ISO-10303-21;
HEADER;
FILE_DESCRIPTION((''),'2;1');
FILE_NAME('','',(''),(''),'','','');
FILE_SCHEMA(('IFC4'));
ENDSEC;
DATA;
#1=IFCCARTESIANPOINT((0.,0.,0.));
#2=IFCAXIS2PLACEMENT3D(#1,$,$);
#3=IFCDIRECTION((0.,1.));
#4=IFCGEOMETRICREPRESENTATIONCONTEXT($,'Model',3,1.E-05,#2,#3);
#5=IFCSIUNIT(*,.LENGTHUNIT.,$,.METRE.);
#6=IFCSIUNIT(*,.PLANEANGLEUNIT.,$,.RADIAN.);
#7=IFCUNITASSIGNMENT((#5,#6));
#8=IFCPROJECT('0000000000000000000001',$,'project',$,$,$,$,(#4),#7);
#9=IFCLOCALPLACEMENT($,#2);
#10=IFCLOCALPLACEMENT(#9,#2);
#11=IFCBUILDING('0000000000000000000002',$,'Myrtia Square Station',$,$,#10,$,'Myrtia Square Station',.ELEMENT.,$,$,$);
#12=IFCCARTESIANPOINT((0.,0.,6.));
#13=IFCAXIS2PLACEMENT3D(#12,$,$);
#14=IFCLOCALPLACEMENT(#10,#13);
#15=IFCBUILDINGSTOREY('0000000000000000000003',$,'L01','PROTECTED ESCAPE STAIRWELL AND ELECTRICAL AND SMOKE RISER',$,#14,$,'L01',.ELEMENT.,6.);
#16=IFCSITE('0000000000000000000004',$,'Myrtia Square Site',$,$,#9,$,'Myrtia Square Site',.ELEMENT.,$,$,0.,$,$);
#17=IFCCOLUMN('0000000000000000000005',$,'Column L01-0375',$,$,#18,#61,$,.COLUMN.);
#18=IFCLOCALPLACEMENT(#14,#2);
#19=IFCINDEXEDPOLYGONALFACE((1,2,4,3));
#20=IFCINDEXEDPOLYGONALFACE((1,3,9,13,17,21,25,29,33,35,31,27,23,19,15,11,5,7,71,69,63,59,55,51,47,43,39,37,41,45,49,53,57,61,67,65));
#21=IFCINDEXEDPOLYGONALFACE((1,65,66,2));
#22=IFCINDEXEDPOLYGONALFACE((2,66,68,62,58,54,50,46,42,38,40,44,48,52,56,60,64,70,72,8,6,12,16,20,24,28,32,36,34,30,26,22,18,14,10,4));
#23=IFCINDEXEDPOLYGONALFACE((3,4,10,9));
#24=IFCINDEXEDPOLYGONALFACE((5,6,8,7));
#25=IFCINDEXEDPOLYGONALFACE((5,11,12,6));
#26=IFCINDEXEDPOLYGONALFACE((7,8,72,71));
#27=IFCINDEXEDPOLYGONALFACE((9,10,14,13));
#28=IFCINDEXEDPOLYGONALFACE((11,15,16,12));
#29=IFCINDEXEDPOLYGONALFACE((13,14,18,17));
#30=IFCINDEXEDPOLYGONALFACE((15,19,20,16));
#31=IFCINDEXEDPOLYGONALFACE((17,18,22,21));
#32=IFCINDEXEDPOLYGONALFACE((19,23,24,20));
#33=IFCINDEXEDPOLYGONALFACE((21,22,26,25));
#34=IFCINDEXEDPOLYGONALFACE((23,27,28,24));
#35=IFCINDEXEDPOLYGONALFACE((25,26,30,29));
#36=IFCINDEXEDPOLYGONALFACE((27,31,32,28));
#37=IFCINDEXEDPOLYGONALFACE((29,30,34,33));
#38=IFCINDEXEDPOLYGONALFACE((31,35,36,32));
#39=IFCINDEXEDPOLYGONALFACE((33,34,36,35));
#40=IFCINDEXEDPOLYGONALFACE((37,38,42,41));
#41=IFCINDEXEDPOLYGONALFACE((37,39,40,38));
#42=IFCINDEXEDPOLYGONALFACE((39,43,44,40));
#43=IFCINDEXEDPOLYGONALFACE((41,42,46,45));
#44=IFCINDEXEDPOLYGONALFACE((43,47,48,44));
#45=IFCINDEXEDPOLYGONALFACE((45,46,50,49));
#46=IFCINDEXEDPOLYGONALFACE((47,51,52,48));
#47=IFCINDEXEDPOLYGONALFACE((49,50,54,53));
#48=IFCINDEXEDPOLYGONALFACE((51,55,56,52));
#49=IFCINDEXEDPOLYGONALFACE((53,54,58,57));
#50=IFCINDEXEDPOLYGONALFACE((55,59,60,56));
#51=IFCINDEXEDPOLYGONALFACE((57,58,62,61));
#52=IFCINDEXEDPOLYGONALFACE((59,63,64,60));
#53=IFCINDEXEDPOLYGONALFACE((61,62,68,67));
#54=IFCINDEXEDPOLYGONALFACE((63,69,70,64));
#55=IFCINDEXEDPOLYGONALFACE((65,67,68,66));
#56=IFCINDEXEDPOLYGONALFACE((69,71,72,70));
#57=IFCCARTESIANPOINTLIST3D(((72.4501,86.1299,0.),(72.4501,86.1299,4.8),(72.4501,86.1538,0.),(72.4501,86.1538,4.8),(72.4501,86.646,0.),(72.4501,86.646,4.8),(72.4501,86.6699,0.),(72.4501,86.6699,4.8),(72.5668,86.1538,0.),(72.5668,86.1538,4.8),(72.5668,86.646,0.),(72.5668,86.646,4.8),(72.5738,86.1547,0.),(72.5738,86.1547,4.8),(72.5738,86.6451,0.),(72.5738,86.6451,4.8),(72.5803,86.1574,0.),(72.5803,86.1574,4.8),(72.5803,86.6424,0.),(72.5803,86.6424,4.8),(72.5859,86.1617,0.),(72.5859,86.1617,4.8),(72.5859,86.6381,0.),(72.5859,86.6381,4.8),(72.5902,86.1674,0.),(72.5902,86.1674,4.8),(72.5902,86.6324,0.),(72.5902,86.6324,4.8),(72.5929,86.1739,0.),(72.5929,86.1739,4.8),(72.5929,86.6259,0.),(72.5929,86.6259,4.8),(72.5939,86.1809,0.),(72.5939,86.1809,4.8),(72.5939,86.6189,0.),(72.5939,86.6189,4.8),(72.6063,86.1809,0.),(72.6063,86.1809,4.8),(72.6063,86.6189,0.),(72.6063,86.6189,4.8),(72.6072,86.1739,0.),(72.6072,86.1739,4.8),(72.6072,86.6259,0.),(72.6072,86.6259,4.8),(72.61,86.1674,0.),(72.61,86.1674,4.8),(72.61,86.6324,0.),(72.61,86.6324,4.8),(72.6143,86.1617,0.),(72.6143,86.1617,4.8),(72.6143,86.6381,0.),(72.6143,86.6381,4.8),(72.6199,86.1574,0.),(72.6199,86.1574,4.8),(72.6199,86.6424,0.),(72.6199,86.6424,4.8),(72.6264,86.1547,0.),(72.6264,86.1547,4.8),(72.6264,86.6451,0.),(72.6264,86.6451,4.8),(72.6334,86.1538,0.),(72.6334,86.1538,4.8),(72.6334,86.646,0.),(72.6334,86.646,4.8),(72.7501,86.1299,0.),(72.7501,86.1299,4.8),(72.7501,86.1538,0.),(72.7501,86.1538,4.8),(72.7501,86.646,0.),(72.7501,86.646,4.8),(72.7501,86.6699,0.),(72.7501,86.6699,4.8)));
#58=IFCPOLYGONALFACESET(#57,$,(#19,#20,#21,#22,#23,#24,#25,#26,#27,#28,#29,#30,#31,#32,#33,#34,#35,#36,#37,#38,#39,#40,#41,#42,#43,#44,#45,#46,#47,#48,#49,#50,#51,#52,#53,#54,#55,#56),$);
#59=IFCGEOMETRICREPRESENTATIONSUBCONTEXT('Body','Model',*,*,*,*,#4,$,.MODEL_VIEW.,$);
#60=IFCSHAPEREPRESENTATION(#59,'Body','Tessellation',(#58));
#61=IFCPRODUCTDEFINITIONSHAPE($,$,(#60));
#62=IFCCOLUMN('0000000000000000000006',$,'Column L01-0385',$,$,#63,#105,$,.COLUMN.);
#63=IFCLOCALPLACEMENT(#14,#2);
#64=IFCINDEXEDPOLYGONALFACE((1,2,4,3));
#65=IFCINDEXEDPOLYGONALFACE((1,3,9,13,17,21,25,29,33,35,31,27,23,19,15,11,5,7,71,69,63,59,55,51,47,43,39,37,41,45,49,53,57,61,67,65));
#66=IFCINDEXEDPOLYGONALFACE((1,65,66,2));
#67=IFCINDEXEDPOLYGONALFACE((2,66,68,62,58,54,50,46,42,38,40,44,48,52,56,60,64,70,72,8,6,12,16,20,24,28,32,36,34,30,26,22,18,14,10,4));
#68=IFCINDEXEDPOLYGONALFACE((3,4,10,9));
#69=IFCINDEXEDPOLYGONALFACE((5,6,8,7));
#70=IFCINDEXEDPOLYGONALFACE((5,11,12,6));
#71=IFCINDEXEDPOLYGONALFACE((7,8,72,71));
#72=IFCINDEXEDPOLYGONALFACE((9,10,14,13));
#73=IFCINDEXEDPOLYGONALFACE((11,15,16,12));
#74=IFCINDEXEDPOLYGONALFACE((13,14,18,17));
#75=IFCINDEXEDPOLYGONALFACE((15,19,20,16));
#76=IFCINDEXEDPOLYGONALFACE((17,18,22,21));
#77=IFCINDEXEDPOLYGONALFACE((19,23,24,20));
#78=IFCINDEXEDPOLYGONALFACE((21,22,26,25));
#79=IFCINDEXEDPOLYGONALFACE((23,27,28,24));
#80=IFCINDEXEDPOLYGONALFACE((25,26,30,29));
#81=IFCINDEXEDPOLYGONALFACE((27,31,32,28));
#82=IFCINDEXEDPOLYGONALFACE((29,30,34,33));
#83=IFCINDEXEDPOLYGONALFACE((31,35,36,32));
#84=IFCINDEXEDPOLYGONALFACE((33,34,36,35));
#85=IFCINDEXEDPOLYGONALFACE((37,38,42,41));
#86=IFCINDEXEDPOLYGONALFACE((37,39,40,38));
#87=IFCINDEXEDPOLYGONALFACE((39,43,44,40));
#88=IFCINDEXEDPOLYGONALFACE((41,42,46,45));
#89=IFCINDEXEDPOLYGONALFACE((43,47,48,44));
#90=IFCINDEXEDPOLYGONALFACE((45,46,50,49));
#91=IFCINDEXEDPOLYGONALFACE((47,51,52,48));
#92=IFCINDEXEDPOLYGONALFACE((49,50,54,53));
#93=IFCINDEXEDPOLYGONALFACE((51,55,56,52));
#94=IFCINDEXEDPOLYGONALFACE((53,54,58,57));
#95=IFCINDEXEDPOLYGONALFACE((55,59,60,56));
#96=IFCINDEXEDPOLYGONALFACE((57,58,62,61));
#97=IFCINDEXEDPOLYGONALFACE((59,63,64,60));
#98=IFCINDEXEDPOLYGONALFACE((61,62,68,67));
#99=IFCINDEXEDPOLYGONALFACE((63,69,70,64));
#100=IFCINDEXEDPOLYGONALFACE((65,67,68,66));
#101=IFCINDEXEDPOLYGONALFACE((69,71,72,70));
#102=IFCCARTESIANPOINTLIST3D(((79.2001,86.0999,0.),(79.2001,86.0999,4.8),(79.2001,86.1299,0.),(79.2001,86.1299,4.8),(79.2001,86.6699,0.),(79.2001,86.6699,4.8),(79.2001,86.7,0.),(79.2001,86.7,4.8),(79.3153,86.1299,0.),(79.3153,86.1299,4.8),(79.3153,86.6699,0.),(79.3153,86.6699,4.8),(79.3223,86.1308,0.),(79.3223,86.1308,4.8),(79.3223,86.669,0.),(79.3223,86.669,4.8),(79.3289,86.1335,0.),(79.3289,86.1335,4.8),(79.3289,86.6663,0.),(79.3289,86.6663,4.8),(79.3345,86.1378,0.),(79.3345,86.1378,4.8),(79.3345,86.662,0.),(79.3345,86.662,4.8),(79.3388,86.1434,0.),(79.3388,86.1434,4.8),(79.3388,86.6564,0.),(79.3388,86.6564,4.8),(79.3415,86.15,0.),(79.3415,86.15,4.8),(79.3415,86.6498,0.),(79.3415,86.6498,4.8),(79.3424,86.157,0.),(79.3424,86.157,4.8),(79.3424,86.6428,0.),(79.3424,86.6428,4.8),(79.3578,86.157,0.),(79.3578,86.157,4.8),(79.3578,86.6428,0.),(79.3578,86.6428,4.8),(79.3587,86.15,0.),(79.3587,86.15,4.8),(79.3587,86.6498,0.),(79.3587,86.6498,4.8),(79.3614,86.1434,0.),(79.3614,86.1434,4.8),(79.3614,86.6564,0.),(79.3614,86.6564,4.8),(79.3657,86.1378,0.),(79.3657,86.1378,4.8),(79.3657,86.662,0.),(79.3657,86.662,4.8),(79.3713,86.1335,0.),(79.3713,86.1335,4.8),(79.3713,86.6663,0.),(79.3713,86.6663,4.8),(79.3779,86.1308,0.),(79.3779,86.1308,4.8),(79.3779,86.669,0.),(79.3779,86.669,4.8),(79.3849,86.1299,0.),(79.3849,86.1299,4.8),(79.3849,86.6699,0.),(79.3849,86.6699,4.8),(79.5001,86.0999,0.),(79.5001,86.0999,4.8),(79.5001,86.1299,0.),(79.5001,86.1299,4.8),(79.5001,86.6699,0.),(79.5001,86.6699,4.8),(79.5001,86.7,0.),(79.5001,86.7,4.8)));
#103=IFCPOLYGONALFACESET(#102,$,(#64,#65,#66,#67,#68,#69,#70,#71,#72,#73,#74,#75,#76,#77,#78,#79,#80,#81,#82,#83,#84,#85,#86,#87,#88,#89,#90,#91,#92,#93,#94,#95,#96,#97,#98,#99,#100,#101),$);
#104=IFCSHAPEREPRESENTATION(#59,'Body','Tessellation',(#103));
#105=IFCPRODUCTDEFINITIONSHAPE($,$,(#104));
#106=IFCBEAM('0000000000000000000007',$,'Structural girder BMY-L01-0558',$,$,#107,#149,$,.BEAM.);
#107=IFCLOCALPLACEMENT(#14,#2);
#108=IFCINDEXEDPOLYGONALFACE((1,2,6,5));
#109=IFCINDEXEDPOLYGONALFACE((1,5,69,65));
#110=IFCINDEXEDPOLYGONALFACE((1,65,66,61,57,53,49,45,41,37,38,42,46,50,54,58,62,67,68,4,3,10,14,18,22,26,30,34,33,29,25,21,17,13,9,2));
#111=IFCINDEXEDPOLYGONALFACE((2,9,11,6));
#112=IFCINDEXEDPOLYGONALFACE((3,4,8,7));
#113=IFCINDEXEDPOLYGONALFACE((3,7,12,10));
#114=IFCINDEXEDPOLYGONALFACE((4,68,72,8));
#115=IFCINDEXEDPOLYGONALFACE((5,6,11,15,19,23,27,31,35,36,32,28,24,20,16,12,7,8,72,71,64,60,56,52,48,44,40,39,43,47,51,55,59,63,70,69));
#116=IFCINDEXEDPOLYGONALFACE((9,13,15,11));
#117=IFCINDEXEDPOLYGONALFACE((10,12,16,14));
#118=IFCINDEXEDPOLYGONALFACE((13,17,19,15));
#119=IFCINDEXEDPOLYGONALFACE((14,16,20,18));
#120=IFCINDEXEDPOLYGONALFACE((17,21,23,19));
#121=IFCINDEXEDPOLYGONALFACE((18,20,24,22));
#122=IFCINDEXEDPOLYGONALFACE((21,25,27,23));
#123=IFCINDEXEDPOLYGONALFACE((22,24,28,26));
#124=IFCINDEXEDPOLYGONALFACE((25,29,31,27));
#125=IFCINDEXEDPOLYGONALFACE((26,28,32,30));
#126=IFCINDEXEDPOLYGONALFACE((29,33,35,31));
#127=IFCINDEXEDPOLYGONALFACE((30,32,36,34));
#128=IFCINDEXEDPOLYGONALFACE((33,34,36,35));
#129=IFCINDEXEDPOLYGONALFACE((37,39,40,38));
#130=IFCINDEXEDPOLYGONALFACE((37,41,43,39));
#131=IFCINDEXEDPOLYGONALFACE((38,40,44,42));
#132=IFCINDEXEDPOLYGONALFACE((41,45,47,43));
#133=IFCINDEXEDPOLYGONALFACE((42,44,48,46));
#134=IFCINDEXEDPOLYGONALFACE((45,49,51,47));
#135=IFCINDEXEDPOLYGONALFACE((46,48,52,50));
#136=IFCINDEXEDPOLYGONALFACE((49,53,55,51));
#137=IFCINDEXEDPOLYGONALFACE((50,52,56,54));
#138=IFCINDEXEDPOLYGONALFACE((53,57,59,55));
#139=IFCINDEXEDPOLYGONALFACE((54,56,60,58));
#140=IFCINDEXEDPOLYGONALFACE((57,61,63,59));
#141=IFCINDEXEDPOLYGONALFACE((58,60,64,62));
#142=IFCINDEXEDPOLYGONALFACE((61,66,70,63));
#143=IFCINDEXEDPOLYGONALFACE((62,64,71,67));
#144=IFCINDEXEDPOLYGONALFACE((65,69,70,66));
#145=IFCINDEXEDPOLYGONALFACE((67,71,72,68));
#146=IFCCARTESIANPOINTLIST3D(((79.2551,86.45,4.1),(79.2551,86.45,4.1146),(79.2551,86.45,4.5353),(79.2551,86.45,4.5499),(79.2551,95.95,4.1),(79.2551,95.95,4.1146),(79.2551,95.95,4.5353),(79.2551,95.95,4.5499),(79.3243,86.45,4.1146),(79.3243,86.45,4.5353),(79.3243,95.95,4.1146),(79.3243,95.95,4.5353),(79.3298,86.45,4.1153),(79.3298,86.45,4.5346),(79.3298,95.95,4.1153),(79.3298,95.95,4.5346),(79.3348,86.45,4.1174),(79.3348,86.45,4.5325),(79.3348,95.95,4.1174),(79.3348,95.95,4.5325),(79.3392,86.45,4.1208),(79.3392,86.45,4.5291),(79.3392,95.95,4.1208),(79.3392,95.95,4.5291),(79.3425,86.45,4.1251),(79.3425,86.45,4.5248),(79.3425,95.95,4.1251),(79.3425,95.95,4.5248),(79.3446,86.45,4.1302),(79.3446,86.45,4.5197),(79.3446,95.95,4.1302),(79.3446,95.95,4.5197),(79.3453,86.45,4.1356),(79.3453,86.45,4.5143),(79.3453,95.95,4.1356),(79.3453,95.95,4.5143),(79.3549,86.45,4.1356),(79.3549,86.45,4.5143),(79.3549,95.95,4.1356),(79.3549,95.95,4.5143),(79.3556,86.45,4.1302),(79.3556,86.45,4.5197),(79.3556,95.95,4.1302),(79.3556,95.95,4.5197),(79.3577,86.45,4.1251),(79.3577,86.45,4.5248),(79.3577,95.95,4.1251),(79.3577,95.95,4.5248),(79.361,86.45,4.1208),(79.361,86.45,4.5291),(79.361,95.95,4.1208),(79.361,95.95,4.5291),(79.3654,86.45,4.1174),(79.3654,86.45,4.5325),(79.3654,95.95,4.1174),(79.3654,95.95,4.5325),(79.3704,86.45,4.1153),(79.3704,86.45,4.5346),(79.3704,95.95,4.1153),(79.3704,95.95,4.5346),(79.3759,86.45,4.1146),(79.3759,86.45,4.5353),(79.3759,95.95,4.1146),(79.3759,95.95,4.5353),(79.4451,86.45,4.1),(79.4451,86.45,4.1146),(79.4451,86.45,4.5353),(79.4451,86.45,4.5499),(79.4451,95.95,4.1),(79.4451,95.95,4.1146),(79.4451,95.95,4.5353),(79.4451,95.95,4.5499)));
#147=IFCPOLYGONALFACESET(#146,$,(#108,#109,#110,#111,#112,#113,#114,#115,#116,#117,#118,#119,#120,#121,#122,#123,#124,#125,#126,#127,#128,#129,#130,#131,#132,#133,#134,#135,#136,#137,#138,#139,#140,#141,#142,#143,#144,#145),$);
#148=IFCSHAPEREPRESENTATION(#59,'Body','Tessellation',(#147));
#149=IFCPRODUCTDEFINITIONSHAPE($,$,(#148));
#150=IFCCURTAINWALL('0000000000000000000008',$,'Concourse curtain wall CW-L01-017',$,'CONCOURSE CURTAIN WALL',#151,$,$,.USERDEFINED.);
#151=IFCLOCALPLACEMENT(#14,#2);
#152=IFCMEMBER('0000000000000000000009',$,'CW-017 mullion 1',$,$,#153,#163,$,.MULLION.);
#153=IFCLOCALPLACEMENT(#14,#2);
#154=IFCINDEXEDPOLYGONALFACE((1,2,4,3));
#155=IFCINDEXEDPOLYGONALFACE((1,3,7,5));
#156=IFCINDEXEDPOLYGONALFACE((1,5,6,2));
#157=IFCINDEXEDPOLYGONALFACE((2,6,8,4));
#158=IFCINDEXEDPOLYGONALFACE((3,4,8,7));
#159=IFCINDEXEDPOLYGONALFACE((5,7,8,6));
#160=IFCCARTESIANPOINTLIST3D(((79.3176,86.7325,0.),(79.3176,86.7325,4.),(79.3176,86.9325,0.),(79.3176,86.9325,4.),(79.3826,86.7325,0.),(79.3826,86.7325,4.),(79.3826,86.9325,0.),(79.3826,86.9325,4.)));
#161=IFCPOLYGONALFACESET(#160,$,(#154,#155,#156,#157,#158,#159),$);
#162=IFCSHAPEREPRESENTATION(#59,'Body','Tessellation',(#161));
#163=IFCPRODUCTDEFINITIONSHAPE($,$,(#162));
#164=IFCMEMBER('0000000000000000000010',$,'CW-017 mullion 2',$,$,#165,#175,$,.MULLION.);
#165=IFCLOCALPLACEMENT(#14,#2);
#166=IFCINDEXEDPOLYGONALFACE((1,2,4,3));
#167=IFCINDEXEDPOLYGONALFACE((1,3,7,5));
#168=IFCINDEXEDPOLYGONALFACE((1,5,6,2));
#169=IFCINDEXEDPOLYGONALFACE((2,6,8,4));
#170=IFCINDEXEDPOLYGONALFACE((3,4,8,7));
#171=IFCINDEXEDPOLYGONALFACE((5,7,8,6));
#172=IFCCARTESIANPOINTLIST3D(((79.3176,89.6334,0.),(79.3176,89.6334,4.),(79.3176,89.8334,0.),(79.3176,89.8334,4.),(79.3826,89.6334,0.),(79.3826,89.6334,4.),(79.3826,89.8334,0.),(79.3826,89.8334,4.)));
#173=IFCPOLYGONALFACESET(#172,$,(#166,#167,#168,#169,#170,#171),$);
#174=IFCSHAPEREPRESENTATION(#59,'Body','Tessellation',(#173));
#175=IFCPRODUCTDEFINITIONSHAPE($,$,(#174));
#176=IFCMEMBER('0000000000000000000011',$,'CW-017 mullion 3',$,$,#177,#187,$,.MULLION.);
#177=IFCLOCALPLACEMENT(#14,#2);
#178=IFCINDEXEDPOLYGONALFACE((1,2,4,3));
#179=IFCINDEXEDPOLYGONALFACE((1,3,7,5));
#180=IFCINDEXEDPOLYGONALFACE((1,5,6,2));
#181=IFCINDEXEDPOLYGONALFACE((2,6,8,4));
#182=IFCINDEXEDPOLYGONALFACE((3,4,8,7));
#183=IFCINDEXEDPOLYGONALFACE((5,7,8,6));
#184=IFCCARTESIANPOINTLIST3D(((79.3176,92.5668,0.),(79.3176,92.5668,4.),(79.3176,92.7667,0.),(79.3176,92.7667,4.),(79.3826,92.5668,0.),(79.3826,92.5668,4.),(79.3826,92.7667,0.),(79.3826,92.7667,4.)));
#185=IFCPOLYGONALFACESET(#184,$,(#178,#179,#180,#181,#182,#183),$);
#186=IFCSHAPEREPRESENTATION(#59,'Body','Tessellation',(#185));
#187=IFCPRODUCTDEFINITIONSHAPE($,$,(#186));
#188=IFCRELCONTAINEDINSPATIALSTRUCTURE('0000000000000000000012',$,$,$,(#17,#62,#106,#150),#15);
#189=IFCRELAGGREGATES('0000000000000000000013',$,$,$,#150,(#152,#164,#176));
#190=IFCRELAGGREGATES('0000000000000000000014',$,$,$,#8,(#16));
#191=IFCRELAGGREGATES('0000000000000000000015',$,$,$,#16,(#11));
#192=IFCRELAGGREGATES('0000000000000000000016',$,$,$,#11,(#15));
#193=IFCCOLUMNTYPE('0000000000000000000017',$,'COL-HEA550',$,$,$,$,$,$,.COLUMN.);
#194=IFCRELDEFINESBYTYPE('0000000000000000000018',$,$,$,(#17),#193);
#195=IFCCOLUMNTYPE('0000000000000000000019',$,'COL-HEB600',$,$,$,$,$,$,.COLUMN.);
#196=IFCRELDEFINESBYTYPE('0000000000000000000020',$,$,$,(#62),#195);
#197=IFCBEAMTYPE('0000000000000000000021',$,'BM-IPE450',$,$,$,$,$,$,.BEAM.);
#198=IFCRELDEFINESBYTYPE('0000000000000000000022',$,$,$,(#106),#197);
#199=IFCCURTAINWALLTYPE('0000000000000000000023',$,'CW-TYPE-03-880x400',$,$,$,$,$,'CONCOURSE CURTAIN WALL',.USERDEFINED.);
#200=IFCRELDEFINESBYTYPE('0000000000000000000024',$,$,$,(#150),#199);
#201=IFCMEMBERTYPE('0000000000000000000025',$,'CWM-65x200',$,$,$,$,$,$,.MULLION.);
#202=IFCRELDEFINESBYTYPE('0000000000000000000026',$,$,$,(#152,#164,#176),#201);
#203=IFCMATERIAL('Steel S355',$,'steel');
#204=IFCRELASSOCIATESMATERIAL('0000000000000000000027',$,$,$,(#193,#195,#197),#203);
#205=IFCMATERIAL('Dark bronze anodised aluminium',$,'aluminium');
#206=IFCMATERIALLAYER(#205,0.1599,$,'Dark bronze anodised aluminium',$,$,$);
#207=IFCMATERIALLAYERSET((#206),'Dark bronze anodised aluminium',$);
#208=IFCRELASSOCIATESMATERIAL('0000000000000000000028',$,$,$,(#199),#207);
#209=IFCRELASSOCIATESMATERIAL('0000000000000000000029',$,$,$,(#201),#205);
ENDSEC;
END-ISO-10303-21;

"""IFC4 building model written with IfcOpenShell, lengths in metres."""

from ifc_helpers import new_model, si_unit, direction, frame, origin, origin_2d, place, context, subcontext, project, spatial, rectangle, i_section, extrude, material, layer, layer_set, material_profile, profile_set, type_object, element, aggregate, save


model = new_model("IFC4")

# Units and contexts
model_context = context("Model", 3, precision=1e-05, world=origin(), true_north=direction((0.0, 1.0)))
body_context = subcontext(model_context, "Body", "Model", "MODEL_VIEW")
ifc_project = project(units=[si_unit("LENGTHUNIT", "METRE"), si_unit("PLANEANGLEUNIT", "RADIAN")], contexts=[model_context])

# Site, building, storey
site_placement = place(None, origin())
site = spatial("IfcSite", under=ifc_project, at=site_placement, Name="Myrtia Square Site", LongName="Myrtia Square Site", CompositionType="ELEMENT", RefElevation=0.0)
building_placement = place(site_placement, origin())
building = spatial("IfcBuilding", under=site, at=building_placement, Name="Myrtia Square Station", LongName="Myrtia Square Station", CompositionType="ELEMENT")
storey_placement = place(building_placement, frame((0.0, 0.0, 6.0)))
storey = spatial("IfcBuildingStorey", under=building, at=storey_placement, Name="L01", Description="PROTECTED ESCAPE STAIRWELL AND ELECTRICAL AND SMOKE RISER", LongName="L01", CompositionType="ELEMENT", Elevation=6.0)

# Columns
ifc_material_1 = material(Name="Steel S355", Category="steel")
ifc_material_profile_1 = material_profile(ifc_material_1, i_section(OverallWidth=0.3, OverallDepth=0.54, WebThickness=0.0125, FlangeThickness=0.0239, FilletRadius=0.0271, at=origin_2d()), Name="HEA 550")
ifc_profile_set_1 = profile_set([ifc_material_profile_1], Name="Steel S355")
column_type_1 = type_object("IfcColumnType", Name="COL-HEA550", PredefinedType="COLUMN", material=ifc_profile_set_1)
column_1_placement = place(storey_placement, frame((72.6001, 86.3999, 0.0), z_axis=(0.0, 0.0, 1.0), x_axis=(1.0, 0.0, 0.0)))
element("IfcColumn", 1, at=column_1_placement, inside=storey, type_object=column_type_1, Name="Column L01-0375", PredefinedType="COLUMN", context=body_context, shape_type="SweptSolid", body=[
    extrude(i_section(OverallWidth=0.3, OverallDepth=0.54, WebThickness=0.0125, FlangeThickness=0.0239, FilletRadius=0.0271, at=origin_2d()), origin(), (0.0, 0.0, 1.0), 4.8),
])
ifc_material_profile_2 = material_profile(ifc_material_1, i_section(OverallWidth=0.3, OverallDepth=0.6001, WebThickness=0.0154, FlangeThickness=0.03, FilletRadius=0.0271, at=origin_2d()), Name="HEB 600")
ifc_profile_set_2 = profile_set([ifc_material_profile_2], Name="Steel S355")
column_type_2 = type_object("IfcColumnType", Name="COL-HEB600", PredefinedType="COLUMN", material=ifc_profile_set_2)
column_2_placement = place(storey_placement, frame((79.3501, 86.3999, 0.0), z_axis=(0.0, 0.0, 1.0), x_axis=(1.0, 0.0, 0.0)))
element("IfcColumn", 2, at=column_2_placement, inside=storey, type_object=column_type_2, Name="Column L01-0385", PredefinedType="COLUMN", context=body_context, shape_type="SweptSolid", body=[
    extrude(i_section(OverallWidth=0.3, OverallDepth=0.6001, WebThickness=0.0154, FlangeThickness=0.03, FilletRadius=0.0271, at=origin_2d()), origin(), (0.0, 0.0, 1.0), 4.8),
])

# Beam
ifc_material_profile_3 = material_profile(ifc_material_1, i_section(OverallWidth=0.1899, OverallDepth=0.45, WebThickness=0.0095, FlangeThickness=0.0146, FilletRadius=0.021, at=origin_2d()), Name="IPE 450")
ifc_profile_set_3 = profile_set([ifc_material_profile_3], Name="Steel S355")
beam_type = type_object("IfcBeamType", Name="BM-IPE450", PredefinedType="BEAM", material=ifc_profile_set_3)
beam_placement = place(storey_placement, frame((79.3501, 86.45, 4.325), z_axis=(0.0, 1.0, 0.0), x_axis=(-1.0, 0.0, 0.0)))
element("IfcBeam", 3, at=beam_placement, inside=storey, type_object=beam_type, Name="Structural girder BMY-L01-0558", PredefinedType="BEAM", context=body_context, shape_type="SweptSolid", body=[
    extrude(i_section(OverallWidth=0.1899, OverallDepth=0.45, WebThickness=0.0095, FlangeThickness=0.0146, FilletRadius=0.021, at=origin_2d()), origin(), (0.0, 0.0, 1.0), 9.5),
])

# Curtain wall, members
ifc_material_2 = material(Name="Dark bronze anodised aluminium", Category="aluminium")
ifc_layer_1 = layer(ifc_material_2, 0.1599, Name="Dark bronze anodised aluminium")
ifc_layer_set_1 = layer_set([ifc_layer_1], Name="Dark bronze anodised aluminium")
curtain_wall_type = type_object("IfcCurtainWallType", Name="CW-TYPE-03-880x400", ElementType="CONCOURSE CURTAIN WALL", PredefinedType="USERDEFINED", material=ifc_layer_set_1)
curtain_wall_placement = place(storey_placement, origin())
curtain_wall = element("IfcCurtainWall", 4, at=curtain_wall_placement, inside=storey, type_object=curtain_wall_type, Name="Concourse curtain wall CW-L01-017", ObjectType="CONCOURSE CURTAIN WALL", PredefinedType="USERDEFINED")
ifc_material_profile_4 = material_profile(ifc_material_2, rectangle(XDim=0.0649, YDim=0.2, at=origin_2d()), Name="ALU-M 65x200")
ifc_profile_set_4 = profile_set([ifc_material_profile_4], Name="Dark bronze anodised aluminium")
member_type_1 = type_object("IfcMemberType", Name="CWM-65x200", PredefinedType="MULLION", material=ifc_profile_set_4)
member_1_placement = place(storey_placement, frame((79.3501, 86.8325, 0.0), z_axis=(0.0, 0.0, 1.0), x_axis=(-1.0, 0.0, 0.0)))
member_1 = element("IfcMember", 5, at=member_1_placement, type_object=member_type_1, Name="CW-017 mullion 1", PredefinedType="MULLION", context=body_context, shape_type="SweptSolid", body=[
    extrude(rectangle(XDim=0.0649, YDim=0.2, at=origin_2d()), origin(), (0.0, 0.0, 1.0), 4.0),
])
member_2_placement = place(storey_placement, frame((79.3501, 89.7334, 0.0), z_axis=(0.0, 0.0, 1.0), x_axis=(-1.0, 0.0, 0.0)))
member_2 = element("IfcMember", 6, at=member_2_placement, type_object=member_type_1, Name="CW-017 mullion 2", PredefinedType="MULLION", context=body_context, shape_type="SweptSolid", body=[
    extrude(rectangle(XDim=0.0649, YDim=0.2, at=origin_2d()), origin(), (0.0, 0.0, 1.0), 4.0),
])
member_3_placement = place(storey_placement, frame((79.3501, 92.6667, 0.0), z_axis=(0.0, 0.0, 1.0), x_axis=(-1.0, 0.0, 0.0)))
member_3 = element("IfcMember", 7, at=member_3_placement, type_object=member_type_1, Name="CW-017 mullion 3", PredefinedType="MULLION", context=body_context, shape_type="SweptSolid", body=[
    extrude(rectangle(XDim=0.0649, YDim=0.2, at=origin_2d()), origin(), (0.0, 0.0, 1.0), 4.0),
])
aggregate(curtain_wall, [member_1, member_2, member_3])

save(model, "model.ifc")
